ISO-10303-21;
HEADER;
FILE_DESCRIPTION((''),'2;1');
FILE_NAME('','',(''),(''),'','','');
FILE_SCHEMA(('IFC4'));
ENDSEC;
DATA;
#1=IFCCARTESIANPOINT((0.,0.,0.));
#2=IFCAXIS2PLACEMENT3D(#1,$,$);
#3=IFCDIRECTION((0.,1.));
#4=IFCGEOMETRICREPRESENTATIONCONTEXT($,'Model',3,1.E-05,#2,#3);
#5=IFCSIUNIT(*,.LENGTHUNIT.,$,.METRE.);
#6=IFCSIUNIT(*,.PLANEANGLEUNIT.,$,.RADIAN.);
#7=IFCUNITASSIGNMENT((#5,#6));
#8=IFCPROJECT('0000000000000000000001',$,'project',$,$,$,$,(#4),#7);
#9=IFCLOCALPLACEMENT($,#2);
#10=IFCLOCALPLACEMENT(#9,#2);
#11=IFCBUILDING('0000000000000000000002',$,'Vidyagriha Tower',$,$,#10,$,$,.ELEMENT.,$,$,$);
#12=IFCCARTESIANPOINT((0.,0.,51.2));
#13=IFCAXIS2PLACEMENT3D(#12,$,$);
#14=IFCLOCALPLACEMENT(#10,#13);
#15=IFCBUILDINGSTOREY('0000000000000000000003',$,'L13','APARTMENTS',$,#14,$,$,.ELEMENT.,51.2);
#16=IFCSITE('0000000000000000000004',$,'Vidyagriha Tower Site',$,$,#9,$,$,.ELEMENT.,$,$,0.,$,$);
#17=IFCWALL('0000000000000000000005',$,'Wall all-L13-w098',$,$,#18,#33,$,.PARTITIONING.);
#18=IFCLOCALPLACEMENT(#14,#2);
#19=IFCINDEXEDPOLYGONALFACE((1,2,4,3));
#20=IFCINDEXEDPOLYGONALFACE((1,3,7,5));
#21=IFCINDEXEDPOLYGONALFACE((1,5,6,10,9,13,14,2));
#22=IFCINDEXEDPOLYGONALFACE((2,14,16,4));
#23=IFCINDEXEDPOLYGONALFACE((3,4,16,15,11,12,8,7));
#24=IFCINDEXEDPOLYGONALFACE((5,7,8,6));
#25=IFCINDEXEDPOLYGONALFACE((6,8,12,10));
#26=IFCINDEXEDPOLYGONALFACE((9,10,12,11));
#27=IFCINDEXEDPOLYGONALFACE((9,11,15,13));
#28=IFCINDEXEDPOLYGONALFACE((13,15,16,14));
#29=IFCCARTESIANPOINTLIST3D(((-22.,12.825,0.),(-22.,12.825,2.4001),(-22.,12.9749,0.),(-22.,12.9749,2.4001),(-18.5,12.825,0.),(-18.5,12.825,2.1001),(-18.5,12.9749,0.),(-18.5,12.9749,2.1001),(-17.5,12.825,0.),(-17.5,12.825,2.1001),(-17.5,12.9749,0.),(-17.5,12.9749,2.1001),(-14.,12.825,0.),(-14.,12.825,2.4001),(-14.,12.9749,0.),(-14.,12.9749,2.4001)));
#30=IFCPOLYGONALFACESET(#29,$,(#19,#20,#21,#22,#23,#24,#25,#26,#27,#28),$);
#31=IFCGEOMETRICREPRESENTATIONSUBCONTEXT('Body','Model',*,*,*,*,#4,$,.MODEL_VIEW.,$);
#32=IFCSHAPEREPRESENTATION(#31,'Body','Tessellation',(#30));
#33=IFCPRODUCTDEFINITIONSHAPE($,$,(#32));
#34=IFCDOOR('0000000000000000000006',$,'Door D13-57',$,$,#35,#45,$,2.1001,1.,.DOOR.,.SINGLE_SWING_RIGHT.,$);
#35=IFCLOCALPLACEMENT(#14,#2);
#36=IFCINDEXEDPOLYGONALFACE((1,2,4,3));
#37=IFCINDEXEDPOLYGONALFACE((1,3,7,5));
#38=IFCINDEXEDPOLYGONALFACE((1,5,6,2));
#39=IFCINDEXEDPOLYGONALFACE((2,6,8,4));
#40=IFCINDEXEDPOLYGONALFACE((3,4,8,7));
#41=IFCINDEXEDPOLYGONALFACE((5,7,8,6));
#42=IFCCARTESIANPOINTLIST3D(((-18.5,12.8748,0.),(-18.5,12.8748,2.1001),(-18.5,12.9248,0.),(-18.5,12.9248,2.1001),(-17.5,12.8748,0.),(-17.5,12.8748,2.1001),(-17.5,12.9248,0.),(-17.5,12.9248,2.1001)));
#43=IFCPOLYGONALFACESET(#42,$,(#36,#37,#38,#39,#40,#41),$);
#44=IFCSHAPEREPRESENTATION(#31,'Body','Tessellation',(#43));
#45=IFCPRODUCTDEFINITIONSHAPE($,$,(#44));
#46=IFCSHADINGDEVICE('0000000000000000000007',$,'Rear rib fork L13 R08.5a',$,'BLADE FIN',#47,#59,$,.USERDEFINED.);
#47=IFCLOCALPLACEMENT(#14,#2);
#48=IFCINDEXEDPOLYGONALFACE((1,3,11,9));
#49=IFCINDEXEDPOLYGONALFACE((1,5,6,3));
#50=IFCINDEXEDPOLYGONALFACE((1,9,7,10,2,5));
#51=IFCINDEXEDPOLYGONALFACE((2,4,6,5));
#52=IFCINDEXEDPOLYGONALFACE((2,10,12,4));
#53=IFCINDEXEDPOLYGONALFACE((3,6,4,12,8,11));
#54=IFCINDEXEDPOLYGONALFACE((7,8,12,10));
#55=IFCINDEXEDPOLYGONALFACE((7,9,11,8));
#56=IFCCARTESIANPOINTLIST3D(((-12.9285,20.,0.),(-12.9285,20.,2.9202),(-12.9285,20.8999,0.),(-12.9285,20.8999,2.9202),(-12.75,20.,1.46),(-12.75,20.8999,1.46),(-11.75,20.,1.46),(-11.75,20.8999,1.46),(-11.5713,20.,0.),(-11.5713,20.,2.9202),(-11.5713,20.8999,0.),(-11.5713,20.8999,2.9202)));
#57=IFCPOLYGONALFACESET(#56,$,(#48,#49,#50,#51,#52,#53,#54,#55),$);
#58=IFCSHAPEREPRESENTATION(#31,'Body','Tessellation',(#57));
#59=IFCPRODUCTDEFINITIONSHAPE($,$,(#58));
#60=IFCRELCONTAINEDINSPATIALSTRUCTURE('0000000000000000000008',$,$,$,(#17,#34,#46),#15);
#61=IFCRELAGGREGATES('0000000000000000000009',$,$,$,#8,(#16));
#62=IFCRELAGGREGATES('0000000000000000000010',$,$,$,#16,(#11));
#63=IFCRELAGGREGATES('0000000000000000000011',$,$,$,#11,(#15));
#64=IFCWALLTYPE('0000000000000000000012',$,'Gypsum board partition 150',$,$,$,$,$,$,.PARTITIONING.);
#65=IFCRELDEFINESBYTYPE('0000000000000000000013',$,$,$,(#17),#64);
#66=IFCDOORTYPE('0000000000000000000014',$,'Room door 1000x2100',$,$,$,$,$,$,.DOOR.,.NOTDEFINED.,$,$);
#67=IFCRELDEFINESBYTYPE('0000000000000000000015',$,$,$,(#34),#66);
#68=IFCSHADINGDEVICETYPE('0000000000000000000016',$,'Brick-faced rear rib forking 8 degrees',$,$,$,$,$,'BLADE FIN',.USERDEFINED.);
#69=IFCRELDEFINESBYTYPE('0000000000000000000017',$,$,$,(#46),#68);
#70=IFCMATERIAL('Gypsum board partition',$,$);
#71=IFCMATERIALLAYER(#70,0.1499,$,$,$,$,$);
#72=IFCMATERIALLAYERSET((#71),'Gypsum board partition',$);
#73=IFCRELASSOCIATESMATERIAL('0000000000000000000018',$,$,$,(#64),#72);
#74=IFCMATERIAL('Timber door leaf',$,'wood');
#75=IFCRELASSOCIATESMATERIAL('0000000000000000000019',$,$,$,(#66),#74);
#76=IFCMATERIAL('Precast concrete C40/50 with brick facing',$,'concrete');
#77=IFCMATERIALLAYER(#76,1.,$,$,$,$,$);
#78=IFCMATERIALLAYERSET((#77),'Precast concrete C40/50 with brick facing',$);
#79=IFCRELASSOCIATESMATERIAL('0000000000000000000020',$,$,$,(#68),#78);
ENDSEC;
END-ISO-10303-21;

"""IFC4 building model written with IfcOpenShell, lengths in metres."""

from ifc_helpers import new_model, si_unit, direction, frame, frame_2d, origin, place, context, subcontext, project, spatial, polyline, rectangle, outline, extrude, material, layer, layer_set, type_object, element, fill, save


model = new_model("IFC4")

# Units and contexts
model_context = context("Model", 3, precision=1e-05, world=origin(), true_north=direction((0.0, 1.0)))
body_context = subcontext(model_context, "Body", "Model", "MODEL_VIEW")
ifc_project = project(units=[si_unit("LENGTHUNIT", "METRE"), si_unit("PLANEANGLEUNIT", "RADIAN")], contexts=[model_context])

# Site, building, storey
site_placement = place(None, origin())
site = spatial("IfcSite", under=ifc_project, at=site_placement, Name="Vidyagriha Tower Site", CompositionType="ELEMENT", RefElevation=0.0)
building_placement = place(site_placement, origin())
building = spatial("IfcBuilding", under=site, at=building_placement, Name="Vidyagriha Tower", CompositionType="ELEMENT")
storey_placement = place(building_placement, frame((0.0, 0.0, 51.2)))
storey = spatial("IfcBuildingStorey", under=building, at=storey_placement, Name="L13", Description="APARTMENTS", CompositionType="ELEMENT", Elevation=51.2)

# Wall, opening, door
ifc_material_1 = material(Name="Gypsum board partition")
ifc_layer_1 = layer(ifc_material_1, 0.1499)
ifc_layer_set_1 = layer_set([ifc_layer_1], Name="Gypsum board partition")
wall_type_1 = type_object("IfcWallType", Name="Gypsum board partition 150", PredefinedType="PARTITIONING", material=ifc_layer_set_1)
wall_1_placement = place(storey_placement, frame((-22.0, 12.8999, 0.0)))
wall_1 = element("IfcWall", 1, at=wall_1_placement, inside=storey, type_object=wall_type_1, Name="Wall all-L13-w098", PredefinedType="PARTITIONING", context=body_context, shape_type="SweptSolid", body=[
    extrude(rectangle(XDim=8.0, YDim=0.1499, at=frame_2d((4.0, 0.0))), origin(), (0.0, 0.0, 1.0), 2.4001),
])
opening_placement = place(wall_1_placement, frame((3.5, 0.0, 0.0)))
opening = element("IfcOpeningElement", 2, at=opening_placement, cuts=wall_1, PredefinedType="OPENING", context=body_context, shape_type="SweptSolid", body=[
    extrude(rectangle(XDim=1.0, YDim=2.1001, at=frame_2d((0.5, 1.05))), frame((0.0, 0.085, 0.0), z_axis=(0.0, -1.0, 0.0), x_axis=(1.0, 0.0, 0.0)), (0.0, 0.0, 1.0), 0.1699),
])
ifc_material_2 = material(Name="Timber door leaf", Category="wood")
door_type = type_object("IfcDoorType", Name="Room door 1000x2100", OperationType="NOTDEFINED", PredefinedType="DOOR", material=ifc_material_2)
door_placement = place(opening_placement, origin())
door = element("IfcDoor", 3, at=door_placement, inside=storey, type_object=door_type, Name="Door D13-57", OperationType="SINGLE_SWING_RIGHT", OverallHeight=2.1001, OverallWidth=1.0, PredefinedType="DOOR", context=body_context, shape_type="SweptSolid", body=[
    extrude(rectangle(XDim=1.0, YDim=2.1001, at=frame_2d((0.5, 1.05))), frame((0.0, 0.0249, 0.0), z_axis=(0.0, -1.0, 0.0), x_axis=(1.0, 0.0, 0.0)), (0.0, 0.0, 1.0), 0.05),
])
fill(opening, door)

# Shading device
ifc_material_3 = material(Name="Precast concrete C40/50 with brick facing", Category="concrete")
ifc_layer_2 = layer(ifc_material_3, 1.0)
ifc_layer_set_2 = layer_set([ifc_layer_2], Name="Precast concrete C40/50 with brick facing")
shading_device_type = type_object("IfcShadingDeviceType", Name="Brick-faced rear rib forking 8 degrees", ElementType="BLADE FIN", PredefinedType="USERDEFINED", material=ifc_layer_set_2)
shading_device_placement = place(storey_placement, frame((-11.5713, 20.45, 0.0), z_axis=(0.0, 0.0, 1.0), x_axis=(-1.0, 0.0, 0.0)))
element("IfcShadingDevice", 4, at=shading_device_placement, inside=storey, type_object=shading_device_type, Name="Rear rib fork L13 R08.5a", ObjectType="BLADE FIN", PredefinedType="USERDEFINED", context=body_context, shape_type="SweptSolid", body=[
    extrude(outline(polyline([(0.0, 0.0), (1.3572, 0.0), (1.1787, 1.46), (1.3572, 2.9202), (0.0, 2.9202), (0.1787, 1.46), (0.0, 0.0)])), frame((0.0, 0.45, 0.0), z_axis=(0.0, -1.0, 0.0), x_axis=(1.0, 0.0, 0.0)), (0.0, 0.0, 1.0), 0.8999),
])

save(model, "model.ifc")
